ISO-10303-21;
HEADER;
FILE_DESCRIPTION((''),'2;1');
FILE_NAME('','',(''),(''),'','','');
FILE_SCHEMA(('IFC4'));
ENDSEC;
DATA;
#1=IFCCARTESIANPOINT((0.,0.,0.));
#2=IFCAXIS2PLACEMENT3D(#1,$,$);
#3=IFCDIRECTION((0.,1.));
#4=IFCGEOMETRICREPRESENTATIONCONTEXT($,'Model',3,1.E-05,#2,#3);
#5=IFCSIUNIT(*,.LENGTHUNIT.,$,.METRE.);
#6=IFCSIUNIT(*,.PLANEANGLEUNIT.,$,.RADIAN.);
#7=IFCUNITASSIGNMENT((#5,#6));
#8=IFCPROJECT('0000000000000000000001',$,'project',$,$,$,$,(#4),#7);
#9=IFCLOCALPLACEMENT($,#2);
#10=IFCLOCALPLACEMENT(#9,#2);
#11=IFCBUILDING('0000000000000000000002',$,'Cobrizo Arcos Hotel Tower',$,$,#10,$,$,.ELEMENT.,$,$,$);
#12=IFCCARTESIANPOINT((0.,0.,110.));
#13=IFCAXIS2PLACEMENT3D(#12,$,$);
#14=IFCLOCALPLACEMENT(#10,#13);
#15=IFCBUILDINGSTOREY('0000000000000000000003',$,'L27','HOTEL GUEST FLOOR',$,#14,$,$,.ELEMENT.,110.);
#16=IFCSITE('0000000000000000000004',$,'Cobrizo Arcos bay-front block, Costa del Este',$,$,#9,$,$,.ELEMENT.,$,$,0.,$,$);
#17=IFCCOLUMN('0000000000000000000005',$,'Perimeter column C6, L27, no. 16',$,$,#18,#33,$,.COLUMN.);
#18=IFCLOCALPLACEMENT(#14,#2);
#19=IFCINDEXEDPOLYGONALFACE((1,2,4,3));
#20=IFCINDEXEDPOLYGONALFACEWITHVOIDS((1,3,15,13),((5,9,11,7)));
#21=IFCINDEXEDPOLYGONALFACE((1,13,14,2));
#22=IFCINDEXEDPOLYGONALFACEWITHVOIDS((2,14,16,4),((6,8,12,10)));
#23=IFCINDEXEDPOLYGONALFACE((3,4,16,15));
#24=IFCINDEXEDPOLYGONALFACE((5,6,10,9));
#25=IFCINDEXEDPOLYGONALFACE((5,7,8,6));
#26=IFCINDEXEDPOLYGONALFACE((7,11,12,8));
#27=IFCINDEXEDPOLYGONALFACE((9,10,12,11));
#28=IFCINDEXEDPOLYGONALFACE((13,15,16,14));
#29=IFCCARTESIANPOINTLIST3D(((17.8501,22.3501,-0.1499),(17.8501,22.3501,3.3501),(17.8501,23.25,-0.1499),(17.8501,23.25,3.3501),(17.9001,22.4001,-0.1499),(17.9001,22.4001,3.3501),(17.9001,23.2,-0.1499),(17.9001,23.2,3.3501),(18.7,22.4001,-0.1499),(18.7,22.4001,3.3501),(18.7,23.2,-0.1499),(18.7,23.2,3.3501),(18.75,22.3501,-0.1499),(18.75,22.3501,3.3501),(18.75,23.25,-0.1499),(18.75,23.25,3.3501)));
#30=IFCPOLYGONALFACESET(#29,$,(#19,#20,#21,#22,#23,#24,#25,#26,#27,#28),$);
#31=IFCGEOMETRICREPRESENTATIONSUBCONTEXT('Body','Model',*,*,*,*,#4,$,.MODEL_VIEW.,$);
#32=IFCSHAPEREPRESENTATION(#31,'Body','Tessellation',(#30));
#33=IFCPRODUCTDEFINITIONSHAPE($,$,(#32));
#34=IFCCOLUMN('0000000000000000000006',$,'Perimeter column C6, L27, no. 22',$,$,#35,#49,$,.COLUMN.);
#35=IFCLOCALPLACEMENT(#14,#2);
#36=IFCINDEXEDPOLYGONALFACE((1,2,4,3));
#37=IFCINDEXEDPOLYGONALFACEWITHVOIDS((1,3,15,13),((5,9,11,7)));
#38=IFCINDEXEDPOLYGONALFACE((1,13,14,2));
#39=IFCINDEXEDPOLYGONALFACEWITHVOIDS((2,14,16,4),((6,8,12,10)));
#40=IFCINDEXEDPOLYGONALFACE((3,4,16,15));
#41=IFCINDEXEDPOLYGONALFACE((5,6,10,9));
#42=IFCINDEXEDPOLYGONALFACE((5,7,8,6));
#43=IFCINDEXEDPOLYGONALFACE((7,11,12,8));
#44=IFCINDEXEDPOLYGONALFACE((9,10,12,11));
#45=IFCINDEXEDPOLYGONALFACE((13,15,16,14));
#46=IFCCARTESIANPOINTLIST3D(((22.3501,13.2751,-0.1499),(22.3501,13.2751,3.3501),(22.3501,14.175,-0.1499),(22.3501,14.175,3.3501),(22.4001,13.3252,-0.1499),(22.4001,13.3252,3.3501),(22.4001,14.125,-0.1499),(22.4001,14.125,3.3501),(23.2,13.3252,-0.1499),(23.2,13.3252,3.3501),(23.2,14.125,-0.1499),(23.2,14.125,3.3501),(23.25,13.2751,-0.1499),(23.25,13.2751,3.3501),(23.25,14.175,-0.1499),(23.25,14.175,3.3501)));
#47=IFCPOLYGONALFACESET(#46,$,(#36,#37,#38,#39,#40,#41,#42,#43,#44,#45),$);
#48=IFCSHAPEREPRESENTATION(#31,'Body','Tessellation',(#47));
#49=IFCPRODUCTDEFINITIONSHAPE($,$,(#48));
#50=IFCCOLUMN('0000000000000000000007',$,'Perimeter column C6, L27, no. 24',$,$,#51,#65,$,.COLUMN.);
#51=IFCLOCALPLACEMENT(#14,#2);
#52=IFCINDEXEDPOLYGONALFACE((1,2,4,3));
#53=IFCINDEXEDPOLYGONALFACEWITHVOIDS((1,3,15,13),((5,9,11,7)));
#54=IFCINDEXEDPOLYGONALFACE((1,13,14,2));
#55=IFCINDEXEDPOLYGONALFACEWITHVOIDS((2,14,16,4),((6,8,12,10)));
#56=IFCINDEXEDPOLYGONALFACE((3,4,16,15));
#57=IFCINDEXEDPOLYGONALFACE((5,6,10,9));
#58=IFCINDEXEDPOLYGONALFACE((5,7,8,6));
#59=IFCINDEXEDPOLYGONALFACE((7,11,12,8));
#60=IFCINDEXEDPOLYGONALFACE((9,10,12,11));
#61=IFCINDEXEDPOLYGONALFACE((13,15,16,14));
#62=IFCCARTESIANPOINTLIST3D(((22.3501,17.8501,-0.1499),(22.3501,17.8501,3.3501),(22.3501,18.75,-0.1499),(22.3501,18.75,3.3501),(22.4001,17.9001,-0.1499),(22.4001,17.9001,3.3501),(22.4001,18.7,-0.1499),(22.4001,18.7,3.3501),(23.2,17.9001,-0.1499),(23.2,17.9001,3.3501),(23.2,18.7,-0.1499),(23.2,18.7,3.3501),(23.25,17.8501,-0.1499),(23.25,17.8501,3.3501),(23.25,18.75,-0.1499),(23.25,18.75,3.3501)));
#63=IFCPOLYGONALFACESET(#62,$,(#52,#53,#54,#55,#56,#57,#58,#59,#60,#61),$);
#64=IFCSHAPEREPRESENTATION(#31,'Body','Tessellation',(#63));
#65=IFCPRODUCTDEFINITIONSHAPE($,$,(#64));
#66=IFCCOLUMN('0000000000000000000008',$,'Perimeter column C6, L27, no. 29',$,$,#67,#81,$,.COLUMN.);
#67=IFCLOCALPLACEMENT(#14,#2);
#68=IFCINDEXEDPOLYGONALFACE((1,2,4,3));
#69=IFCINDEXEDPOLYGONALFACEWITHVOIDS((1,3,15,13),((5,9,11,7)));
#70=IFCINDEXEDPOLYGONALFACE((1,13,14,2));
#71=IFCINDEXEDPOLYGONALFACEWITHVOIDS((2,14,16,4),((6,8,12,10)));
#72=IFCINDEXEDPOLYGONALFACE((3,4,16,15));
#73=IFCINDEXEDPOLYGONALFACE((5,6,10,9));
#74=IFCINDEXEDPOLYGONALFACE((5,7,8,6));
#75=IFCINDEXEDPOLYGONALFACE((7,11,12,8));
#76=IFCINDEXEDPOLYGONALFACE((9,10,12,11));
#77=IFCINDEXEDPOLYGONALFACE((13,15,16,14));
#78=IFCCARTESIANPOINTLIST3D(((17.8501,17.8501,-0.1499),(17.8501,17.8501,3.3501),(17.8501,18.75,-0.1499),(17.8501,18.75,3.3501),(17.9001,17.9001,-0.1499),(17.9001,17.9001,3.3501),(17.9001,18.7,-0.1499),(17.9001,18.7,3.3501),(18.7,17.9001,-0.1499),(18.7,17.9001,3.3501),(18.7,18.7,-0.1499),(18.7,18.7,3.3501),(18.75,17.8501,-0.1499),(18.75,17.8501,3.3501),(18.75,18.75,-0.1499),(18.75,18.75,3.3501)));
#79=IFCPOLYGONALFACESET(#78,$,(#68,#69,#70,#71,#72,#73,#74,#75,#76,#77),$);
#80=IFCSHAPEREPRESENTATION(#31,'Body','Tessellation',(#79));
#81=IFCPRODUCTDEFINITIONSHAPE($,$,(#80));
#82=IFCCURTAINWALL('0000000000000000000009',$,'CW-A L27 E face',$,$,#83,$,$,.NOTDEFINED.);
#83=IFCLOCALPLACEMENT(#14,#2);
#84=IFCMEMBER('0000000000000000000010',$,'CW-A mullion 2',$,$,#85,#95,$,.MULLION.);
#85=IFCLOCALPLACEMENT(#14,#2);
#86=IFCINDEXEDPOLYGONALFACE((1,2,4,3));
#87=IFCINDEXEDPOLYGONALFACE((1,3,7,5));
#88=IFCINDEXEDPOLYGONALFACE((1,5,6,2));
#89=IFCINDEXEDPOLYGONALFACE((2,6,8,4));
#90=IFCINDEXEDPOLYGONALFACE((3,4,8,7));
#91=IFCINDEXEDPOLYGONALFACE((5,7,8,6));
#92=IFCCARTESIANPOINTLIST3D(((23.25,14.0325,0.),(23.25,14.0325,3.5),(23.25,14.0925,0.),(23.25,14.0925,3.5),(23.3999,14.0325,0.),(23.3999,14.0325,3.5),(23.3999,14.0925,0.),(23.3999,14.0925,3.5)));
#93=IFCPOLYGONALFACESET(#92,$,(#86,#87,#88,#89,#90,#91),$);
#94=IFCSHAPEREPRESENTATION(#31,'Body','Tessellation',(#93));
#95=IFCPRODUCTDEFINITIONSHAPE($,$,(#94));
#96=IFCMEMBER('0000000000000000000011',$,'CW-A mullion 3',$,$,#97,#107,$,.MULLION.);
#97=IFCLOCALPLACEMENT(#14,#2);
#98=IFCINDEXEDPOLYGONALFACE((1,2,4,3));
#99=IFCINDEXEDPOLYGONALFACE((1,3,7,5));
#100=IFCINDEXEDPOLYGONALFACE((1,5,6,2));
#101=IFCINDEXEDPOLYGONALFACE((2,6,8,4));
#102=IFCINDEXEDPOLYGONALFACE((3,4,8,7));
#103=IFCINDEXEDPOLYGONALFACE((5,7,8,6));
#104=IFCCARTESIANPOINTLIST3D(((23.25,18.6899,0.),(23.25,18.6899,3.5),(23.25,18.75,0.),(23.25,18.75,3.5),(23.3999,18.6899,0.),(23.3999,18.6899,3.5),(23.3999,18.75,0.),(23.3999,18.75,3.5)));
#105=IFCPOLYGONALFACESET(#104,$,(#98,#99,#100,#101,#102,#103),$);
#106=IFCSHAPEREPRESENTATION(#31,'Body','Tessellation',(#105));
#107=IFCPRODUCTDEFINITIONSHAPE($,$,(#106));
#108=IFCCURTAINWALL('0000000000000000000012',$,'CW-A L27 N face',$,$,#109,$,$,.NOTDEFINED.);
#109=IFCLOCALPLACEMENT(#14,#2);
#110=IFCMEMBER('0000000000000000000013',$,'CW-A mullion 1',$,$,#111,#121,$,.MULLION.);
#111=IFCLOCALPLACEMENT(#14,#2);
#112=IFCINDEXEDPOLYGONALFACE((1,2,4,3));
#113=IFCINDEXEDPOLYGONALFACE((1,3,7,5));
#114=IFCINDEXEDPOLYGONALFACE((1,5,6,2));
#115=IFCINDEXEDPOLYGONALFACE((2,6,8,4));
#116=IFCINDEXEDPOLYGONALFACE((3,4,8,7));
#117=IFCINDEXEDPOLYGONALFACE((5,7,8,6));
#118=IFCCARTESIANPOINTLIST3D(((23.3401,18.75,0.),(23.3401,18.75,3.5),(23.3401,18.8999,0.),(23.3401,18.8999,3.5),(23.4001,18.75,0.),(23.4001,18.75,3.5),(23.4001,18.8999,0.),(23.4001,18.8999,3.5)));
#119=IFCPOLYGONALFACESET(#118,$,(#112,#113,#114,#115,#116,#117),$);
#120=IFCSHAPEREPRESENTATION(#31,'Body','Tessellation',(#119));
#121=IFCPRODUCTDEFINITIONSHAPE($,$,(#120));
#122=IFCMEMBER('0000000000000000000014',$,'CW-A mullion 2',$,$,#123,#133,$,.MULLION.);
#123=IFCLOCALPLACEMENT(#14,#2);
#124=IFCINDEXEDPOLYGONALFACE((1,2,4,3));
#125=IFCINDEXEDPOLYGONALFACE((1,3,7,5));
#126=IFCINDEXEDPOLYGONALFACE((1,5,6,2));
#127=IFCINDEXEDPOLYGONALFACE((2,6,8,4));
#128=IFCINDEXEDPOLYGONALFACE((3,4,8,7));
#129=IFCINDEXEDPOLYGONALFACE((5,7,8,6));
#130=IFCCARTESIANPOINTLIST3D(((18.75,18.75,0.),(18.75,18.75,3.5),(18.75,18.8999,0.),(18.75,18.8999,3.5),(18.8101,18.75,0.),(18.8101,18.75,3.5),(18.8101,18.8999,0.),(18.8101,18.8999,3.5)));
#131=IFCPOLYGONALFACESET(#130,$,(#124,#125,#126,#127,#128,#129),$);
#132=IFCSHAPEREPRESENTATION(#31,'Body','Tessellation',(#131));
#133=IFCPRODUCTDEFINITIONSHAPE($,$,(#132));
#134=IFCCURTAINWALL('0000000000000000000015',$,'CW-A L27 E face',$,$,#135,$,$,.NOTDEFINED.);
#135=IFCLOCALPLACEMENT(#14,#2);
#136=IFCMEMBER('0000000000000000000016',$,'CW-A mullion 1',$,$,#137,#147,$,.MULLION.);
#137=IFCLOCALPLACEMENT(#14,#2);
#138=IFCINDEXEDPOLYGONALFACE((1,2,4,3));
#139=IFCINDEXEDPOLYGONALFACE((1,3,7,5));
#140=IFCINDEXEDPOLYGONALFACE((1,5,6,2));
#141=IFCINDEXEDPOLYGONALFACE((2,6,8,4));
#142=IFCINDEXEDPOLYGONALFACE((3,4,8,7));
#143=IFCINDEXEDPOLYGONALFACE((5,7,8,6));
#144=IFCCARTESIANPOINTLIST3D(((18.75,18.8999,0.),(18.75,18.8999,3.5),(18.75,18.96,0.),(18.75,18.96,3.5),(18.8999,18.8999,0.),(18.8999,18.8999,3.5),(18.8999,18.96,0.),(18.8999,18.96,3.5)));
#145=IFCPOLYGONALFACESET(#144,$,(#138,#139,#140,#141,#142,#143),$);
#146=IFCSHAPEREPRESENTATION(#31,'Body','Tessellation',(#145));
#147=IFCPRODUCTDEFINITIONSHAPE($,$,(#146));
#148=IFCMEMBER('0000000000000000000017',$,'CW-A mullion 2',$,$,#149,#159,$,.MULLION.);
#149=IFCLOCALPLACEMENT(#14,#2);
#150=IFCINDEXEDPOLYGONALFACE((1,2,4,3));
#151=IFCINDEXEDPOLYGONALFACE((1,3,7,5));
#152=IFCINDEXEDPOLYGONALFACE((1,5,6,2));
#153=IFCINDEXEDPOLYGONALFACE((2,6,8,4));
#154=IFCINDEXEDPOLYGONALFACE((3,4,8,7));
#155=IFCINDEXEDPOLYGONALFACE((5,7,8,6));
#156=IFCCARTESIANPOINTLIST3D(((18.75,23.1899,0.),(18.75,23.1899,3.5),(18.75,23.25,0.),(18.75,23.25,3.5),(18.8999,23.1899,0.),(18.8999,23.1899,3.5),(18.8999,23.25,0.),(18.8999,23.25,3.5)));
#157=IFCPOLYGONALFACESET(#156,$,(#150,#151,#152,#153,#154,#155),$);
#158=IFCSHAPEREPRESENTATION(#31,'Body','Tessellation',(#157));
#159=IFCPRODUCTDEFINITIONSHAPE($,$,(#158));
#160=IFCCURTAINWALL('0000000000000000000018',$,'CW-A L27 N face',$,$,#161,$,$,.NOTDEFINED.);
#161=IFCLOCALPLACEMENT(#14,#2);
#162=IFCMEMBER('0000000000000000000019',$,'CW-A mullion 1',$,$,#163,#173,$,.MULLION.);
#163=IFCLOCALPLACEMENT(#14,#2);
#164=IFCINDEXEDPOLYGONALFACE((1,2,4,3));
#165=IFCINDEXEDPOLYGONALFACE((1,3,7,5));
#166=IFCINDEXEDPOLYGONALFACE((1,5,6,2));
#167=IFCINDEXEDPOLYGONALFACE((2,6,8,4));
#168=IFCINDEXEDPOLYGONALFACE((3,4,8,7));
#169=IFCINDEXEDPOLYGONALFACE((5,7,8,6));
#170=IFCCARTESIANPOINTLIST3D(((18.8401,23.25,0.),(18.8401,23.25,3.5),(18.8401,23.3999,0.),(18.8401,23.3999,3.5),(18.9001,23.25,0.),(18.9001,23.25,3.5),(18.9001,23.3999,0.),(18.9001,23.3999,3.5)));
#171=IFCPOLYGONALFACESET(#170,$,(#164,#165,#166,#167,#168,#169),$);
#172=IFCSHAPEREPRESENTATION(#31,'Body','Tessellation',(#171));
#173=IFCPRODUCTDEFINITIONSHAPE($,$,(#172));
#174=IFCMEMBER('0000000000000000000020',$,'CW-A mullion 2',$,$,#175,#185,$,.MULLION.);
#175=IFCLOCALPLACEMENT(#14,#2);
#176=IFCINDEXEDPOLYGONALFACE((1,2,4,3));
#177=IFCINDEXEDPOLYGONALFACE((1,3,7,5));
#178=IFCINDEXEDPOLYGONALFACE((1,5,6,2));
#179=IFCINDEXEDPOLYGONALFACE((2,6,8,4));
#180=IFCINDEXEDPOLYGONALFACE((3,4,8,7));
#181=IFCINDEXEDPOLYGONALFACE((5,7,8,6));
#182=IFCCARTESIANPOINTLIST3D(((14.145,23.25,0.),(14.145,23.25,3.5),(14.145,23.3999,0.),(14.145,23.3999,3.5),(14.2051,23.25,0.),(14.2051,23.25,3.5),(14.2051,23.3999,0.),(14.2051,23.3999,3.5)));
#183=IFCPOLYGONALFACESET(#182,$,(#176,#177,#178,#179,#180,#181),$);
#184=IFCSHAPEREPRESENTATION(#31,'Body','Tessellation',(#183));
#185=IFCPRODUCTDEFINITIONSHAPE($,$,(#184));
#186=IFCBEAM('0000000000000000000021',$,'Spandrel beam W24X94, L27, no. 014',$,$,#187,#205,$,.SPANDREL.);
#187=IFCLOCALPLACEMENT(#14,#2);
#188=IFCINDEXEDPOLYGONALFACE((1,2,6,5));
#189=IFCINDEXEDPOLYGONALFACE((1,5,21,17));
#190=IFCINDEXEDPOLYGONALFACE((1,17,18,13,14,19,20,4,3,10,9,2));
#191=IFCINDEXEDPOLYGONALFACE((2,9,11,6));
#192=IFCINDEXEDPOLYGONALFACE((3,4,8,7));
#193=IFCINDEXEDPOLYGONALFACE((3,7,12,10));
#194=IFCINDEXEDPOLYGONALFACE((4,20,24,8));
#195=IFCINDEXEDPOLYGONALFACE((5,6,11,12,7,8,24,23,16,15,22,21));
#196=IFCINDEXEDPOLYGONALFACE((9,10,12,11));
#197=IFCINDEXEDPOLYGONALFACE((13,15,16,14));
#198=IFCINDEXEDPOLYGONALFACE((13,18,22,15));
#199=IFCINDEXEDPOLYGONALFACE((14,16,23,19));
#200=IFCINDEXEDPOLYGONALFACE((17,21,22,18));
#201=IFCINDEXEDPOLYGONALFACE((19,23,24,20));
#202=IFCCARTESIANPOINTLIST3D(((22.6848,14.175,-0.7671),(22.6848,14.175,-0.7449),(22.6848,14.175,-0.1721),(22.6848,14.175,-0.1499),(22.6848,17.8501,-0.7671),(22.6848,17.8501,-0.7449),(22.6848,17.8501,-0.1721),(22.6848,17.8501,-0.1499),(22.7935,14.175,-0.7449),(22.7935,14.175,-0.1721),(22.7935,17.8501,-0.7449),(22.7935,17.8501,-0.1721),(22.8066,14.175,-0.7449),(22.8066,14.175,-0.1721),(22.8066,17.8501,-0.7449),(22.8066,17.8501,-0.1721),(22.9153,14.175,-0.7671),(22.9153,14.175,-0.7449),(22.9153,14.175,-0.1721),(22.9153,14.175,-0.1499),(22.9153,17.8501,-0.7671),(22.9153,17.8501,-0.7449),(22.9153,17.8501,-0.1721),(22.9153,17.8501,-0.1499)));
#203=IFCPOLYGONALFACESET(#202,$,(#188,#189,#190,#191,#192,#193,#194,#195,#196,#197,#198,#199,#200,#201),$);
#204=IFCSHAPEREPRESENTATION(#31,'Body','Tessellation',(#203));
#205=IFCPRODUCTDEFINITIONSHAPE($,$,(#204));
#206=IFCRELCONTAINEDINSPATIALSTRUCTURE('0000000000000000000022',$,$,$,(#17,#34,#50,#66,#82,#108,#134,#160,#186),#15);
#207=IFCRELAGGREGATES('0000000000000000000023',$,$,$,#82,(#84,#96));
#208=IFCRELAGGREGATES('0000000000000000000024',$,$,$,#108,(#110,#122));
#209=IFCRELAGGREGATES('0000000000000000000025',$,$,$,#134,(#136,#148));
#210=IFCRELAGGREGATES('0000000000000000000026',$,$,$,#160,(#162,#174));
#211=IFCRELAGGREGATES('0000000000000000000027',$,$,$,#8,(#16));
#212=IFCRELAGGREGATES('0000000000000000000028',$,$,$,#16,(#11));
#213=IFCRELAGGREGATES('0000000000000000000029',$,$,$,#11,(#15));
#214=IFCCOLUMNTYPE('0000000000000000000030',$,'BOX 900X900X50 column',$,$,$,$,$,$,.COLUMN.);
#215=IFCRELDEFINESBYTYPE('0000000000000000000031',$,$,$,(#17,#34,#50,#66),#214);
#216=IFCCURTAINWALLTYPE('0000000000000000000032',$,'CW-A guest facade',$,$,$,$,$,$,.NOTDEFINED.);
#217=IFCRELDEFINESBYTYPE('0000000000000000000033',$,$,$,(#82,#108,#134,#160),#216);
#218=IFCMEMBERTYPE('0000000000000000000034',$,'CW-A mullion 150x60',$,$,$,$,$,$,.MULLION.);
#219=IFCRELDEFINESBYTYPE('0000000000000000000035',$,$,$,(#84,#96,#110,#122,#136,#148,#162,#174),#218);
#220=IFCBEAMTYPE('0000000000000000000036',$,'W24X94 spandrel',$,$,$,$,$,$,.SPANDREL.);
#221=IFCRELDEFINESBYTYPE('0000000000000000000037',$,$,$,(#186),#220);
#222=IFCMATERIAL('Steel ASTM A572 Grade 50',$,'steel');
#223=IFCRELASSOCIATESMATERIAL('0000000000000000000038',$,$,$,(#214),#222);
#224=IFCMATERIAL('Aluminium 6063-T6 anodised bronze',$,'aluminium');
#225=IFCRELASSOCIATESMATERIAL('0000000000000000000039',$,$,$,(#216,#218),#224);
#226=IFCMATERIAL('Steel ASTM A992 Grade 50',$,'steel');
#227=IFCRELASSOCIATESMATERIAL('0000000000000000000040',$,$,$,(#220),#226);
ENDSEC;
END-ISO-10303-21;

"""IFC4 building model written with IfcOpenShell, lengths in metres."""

from ifc_helpers import new_model, si_unit, direction, frame, origin, origin_2d, place, context, subcontext, project, spatial, rectangle, hollow_rectangle, i_section, extrude, material, material_profile, profile_set, type_object, element, aggregate, save


model = new_model("IFC4")

# Units and contexts
model_context = context("Model", 3, precision=1e-05, world=origin(), true_north=direction((0.0, 1.0)))
body_context = subcontext(model_context, "Body", "Model", "MODEL_VIEW")
ifc_project = project(units=[si_unit("LENGTHUNIT", "METRE"), si_unit("PLANEANGLEUNIT", "RADIAN")], contexts=[model_context])

# Site, building, storey
site_placement = place(None, origin())
site = spatial("IfcSite", under=ifc_project, at=site_placement, Name="Cobrizo Arcos bay-front block, Costa del Este", CompositionType="ELEMENT", RefElevation=0.0)
building_placement = place(site_placement, origin())
building = spatial("IfcBuilding", under=site, at=building_placement, Name="Cobrizo Arcos Hotel Tower", CompositionType="ELEMENT")
storey_placement = place(building_placement, frame((0.0, 0.0, 110.0)))
storey = spatial("IfcBuildingStorey", under=building, at=storey_placement, Name="L27", Description="HOTEL GUEST FLOOR", CompositionType="ELEMENT", Elevation=110.0)

# Columns
ifc_material_1 = material(Name="Steel ASTM A572 Grade 50", Category="steel")
ifc_material_profile_1 = material_profile(ifc_material_1, hollow_rectangle(XDim=0.8999, YDim=0.8999, WallThickness=0.05, at=origin_2d()), Name="BOX 900X900X50")
ifc_profile_set_1 = profile_set([ifc_material_profile_1], Name="Steel ASTM A572 Grade 50")
column_type = type_object("IfcColumnType", Name="BOX 900X900X50 column", PredefinedType="COLUMN", material=ifc_profile_set_1)
for number, where, z_axis, x_axis, name in (
    (1, (18.3, 22.8, -0.1499), (0.0, 0.0, 1.0), (1.0, 0.0, 0.0), "Perimeter column C6, L27, no. 16"),
    (2, (22.8, 13.7251, -0.1499), (0.0, 0.0, 1.0), (1.0, 0.0, 0.0), "Perimeter column C6, L27, no. 22"),
    (3, (22.8, 18.3, -0.1499), (0.0, 0.0, 1.0), (1.0, 0.0, 0.0), "Perimeter column C6, L27, no. 24"),
    (4, (18.3, 18.3, -0.1499), (0.0, 0.0, 1.0), (1.0, 0.0, 0.0), "Perimeter column C6, L27, no. 29"),
):
    element("IfcColumn", number, at=place(storey_placement, frame(where, z_axis=z_axis, x_axis=x_axis)), inside=storey, type_object=column_type, Name=name, PredefinedType="COLUMN", context=body_context, shape_type="SweptSolid", body=[
        extrude(hollow_rectangle(XDim=0.8999, YDim=0.8999, WallThickness=0.05, at=origin_2d()), origin(), (0.0, 0.0, 1.0), 3.5),
    ])

# Curtain walls, members
ifc_material_2 = material(Name="Aluminium 6063-T6 anodised bronze", Category="aluminium")
curtain_wall_type = type_object("IfcCurtainWallType", Name="CW-A guest facade", PredefinedType="NOTDEFINED", material=ifc_material_2)
curtain_wall_1_placement = place(storey_placement, origin())
curtain_wall_1 = element("IfcCurtainWall", 5, at=curtain_wall_1_placement, inside=storey, type_object=curtain_wall_type, Name="CW-A L27 E face", PredefinedType="NOTDEFINED")
ifc_material_profile_2 = material_profile(ifc_material_2, rectangle(XDim=0.1499, YDim=0.0601, at=origin_2d()), Name="CW-A mullion 150x60")
ifc_profile_set_2 = profile_set([ifc_material_profile_2], Name="Aluminium 6063-T6 anodised bronze")
member_type = type_object("IfcMemberType", Name="CW-A mullion 150x60", PredefinedType="MULLION", material=ifc_profile_set_2)
member_1_placement = place(storey_placement, frame((23.325, 14.0625, 0.0), z_axis=(0.0, 0.0, 1.0), x_axis=(1.0, 0.0, 0.0)))
member_1 = element("IfcMember", 6, at=member_1_placement, type_object=member_type, Name="CW-A mullion 2", PredefinedType="MULLION", context=body_context, shape_type="SweptSolid", body=[
    extrude(rectangle(XDim=0.1499, YDim=0.0601, at=origin_2d()), origin(), (0.0, 0.0, 1.0), 3.5),
])
member_2_placement = place(storey_placement, frame((23.325, 18.72, 0.0), z_axis=(0.0, 0.0, 1.0), x_axis=(1.0, 0.0, 0.0)))
member_2 = element("IfcMember", 7, at=member_2_placement, type_object=member_type, Name="CW-A mullion 3", PredefinedType="MULLION", context=body_context, shape_type="SweptSolid", body=[
    extrude(rectangle(XDim=0.1499, YDim=0.0601, at=origin_2d()), origin(), (0.0, 0.0, 1.0), 3.5),
])
curtain_wall_2_placement = place(storey_placement, origin())
curtain_wall_2 = element("IfcCurtainWall", 8, at=curtain_wall_2_placement, inside=storey, type_object=curtain_wall_type, Name="CW-A L27 N face", PredefinedType="NOTDEFINED")
member_3_placement = place(storey_placement, frame((23.3701, 18.825, 0.0), z_axis=(0.0, 0.0, 1.0), x_axis=(0.0, 1.0, 0.0)))
member_3 = element("IfcMember", 9, at=member_3_placement, type_object=member_type, Name="CW-A mullion 1", PredefinedType="MULLION", context=body_context, shape_type="SweptSolid", body=[
    extrude(rectangle(XDim=0.1499, YDim=0.0601, at=origin_2d()), origin(), (0.0, 0.0, 1.0), 3.5),
])
member_4_placement = place(storey_placement, frame((18.78, 18.825, 0.0), z_axis=(0.0, 0.0, 1.0), x_axis=(0.0, 1.0, 0.0)))
member_4 = element("IfcMember", 10, at=member_4_placement, type_object=member_type, Name="CW-A mullion 2", PredefinedType="MULLION", context=body_context, shape_type="SweptSolid", body=[
    extrude(rectangle(XDim=0.1499, YDim=0.0601, at=origin_2d()), origin(), (0.0, 0.0, 1.0), 3.5),
])
curtain_wall_3_placement = place(storey_placement, origin())
curtain_wall_3 = element("IfcCurtainWall", 11, at=curtain_wall_3_placement, inside=storey, type_object=curtain_wall_type, Name="CW-A L27 E face", PredefinedType="NOTDEFINED")
member_5_placement = place(storey_placement, frame((18.825, 18.9299, 0.0), z_axis=(0.0, 0.0, 1.0), x_axis=(1.0, 0.0, 0.0)))
member_5 = element("IfcMember", 12, at=member_5_placement, type_object=member_type, Name="CW-A mullion 1", PredefinedType="MULLION", context=body_context, shape_type="SweptSolid", body=[
    extrude(rectangle(XDim=0.1499, YDim=0.0601, at=origin_2d()), origin(), (0.0, 0.0, 1.0), 3.5),
])
member_6_placement = place(storey_placement, frame((18.825, 23.22, 0.0), z_axis=(0.0, 0.0, 1.0), x_axis=(1.0, 0.0, 0.0)))
member_6 = element("IfcMember", 13, at=member_6_placement, type_object=member_type, Name="CW-A mullion 2", PredefinedType="MULLION", context=body_context, shape_type="SweptSolid", body=[
    extrude(rectangle(XDim=0.1499, YDim=0.0601, at=origin_2d()), origin(), (0.0, 0.0, 1.0), 3.5),
])
curtain_wall_4_placement = place(storey_placement, origin())
curtain_wall_4 = element("IfcCurtainWall", 14, at=curtain_wall_4_placement, inside=storey, type_object=curtain_wall_type, Name="CW-A L27 N face", PredefinedType="NOTDEFINED")
member_7_placement = place(storey_placement, frame((18.8701, 23.325, 0.0), z_axis=(0.0, 0.0, 1.0), x_axis=(0.0, 1.0, 0.0)))
member_7 = element("IfcMember", 15, at=member_7_placement, type_object=member_type, Name="CW-A mullion 1", PredefinedType="MULLION", context=body_context, shape_type="SweptSolid", body=[
    extrude(rectangle(XDim=0.1499, YDim=0.0601, at=origin_2d()), origin(), (0.0, 0.0, 1.0), 3.5),
])
member_8_placement = place(storey_placement, frame((14.175, 23.325, 0.0), z_axis=(0.0, 0.0, 1.0), x_axis=(0.0, 1.0, 0.0)))
member_8 = element("IfcMember", 16, at=member_8_placement, type_object=member_type, Name="CW-A mullion 2", PredefinedType="MULLION", context=body_context, shape_type="SweptSolid", body=[
    extrude(rectangle(XDim=0.1499, YDim=0.0601, at=origin_2d()), origin(), (0.0, 0.0, 1.0), 3.5),
])

# Beam
ifc_material_3 = material(Name="Steel ASTM A992 Grade 50", Category="steel")
ifc_material_profile_3 = material_profile(ifc_material_3, i_section(OverallWidth=0.2305, OverallDepth=0.6172, WebThickness=0.0132, FlangeThickness=0.0222, at=origin_2d()), Name="W24X94")
ifc_profile_set_3 = profile_set([ifc_material_profile_3], Name="Steel ASTM A992 Grade 50")
beam_type = type_object("IfcBeamType", Name="W24X94 spandrel", PredefinedType="SPANDREL", material=ifc_profile_set_3)
beam_1_placement = place(storey_placement, frame((22.8, 14.175, -0.4585), z_axis=(0.0, 1.0, 0.0), x_axis=(-1.0, 0.0, 0.0)))
element("IfcBeam", 17, at=beam_1_placement, inside=storey, type_object=beam_type, Name="Spandrel beam W24X94, L27, no. 014", PredefinedType="SPANDREL", context=body_context, shape_type="SweptSolid", body=[
    extrude(i_section(OverallWidth=0.2305, OverallDepth=0.6172, WebThickness=0.0132, FlangeThickness=0.0222, at=origin_2d()), origin(), (0.0, 0.0, 1.0), 3.675),
])

aggregate(curtain_wall_1, [member_1, member_2])
aggregate(curtain_wall_2, [member_3, member_4])
aggregate(curtain_wall_3, [member_5, member_6])
aggregate(curtain_wall_4, [member_7, member_8])

save(model, "model.ifc")
